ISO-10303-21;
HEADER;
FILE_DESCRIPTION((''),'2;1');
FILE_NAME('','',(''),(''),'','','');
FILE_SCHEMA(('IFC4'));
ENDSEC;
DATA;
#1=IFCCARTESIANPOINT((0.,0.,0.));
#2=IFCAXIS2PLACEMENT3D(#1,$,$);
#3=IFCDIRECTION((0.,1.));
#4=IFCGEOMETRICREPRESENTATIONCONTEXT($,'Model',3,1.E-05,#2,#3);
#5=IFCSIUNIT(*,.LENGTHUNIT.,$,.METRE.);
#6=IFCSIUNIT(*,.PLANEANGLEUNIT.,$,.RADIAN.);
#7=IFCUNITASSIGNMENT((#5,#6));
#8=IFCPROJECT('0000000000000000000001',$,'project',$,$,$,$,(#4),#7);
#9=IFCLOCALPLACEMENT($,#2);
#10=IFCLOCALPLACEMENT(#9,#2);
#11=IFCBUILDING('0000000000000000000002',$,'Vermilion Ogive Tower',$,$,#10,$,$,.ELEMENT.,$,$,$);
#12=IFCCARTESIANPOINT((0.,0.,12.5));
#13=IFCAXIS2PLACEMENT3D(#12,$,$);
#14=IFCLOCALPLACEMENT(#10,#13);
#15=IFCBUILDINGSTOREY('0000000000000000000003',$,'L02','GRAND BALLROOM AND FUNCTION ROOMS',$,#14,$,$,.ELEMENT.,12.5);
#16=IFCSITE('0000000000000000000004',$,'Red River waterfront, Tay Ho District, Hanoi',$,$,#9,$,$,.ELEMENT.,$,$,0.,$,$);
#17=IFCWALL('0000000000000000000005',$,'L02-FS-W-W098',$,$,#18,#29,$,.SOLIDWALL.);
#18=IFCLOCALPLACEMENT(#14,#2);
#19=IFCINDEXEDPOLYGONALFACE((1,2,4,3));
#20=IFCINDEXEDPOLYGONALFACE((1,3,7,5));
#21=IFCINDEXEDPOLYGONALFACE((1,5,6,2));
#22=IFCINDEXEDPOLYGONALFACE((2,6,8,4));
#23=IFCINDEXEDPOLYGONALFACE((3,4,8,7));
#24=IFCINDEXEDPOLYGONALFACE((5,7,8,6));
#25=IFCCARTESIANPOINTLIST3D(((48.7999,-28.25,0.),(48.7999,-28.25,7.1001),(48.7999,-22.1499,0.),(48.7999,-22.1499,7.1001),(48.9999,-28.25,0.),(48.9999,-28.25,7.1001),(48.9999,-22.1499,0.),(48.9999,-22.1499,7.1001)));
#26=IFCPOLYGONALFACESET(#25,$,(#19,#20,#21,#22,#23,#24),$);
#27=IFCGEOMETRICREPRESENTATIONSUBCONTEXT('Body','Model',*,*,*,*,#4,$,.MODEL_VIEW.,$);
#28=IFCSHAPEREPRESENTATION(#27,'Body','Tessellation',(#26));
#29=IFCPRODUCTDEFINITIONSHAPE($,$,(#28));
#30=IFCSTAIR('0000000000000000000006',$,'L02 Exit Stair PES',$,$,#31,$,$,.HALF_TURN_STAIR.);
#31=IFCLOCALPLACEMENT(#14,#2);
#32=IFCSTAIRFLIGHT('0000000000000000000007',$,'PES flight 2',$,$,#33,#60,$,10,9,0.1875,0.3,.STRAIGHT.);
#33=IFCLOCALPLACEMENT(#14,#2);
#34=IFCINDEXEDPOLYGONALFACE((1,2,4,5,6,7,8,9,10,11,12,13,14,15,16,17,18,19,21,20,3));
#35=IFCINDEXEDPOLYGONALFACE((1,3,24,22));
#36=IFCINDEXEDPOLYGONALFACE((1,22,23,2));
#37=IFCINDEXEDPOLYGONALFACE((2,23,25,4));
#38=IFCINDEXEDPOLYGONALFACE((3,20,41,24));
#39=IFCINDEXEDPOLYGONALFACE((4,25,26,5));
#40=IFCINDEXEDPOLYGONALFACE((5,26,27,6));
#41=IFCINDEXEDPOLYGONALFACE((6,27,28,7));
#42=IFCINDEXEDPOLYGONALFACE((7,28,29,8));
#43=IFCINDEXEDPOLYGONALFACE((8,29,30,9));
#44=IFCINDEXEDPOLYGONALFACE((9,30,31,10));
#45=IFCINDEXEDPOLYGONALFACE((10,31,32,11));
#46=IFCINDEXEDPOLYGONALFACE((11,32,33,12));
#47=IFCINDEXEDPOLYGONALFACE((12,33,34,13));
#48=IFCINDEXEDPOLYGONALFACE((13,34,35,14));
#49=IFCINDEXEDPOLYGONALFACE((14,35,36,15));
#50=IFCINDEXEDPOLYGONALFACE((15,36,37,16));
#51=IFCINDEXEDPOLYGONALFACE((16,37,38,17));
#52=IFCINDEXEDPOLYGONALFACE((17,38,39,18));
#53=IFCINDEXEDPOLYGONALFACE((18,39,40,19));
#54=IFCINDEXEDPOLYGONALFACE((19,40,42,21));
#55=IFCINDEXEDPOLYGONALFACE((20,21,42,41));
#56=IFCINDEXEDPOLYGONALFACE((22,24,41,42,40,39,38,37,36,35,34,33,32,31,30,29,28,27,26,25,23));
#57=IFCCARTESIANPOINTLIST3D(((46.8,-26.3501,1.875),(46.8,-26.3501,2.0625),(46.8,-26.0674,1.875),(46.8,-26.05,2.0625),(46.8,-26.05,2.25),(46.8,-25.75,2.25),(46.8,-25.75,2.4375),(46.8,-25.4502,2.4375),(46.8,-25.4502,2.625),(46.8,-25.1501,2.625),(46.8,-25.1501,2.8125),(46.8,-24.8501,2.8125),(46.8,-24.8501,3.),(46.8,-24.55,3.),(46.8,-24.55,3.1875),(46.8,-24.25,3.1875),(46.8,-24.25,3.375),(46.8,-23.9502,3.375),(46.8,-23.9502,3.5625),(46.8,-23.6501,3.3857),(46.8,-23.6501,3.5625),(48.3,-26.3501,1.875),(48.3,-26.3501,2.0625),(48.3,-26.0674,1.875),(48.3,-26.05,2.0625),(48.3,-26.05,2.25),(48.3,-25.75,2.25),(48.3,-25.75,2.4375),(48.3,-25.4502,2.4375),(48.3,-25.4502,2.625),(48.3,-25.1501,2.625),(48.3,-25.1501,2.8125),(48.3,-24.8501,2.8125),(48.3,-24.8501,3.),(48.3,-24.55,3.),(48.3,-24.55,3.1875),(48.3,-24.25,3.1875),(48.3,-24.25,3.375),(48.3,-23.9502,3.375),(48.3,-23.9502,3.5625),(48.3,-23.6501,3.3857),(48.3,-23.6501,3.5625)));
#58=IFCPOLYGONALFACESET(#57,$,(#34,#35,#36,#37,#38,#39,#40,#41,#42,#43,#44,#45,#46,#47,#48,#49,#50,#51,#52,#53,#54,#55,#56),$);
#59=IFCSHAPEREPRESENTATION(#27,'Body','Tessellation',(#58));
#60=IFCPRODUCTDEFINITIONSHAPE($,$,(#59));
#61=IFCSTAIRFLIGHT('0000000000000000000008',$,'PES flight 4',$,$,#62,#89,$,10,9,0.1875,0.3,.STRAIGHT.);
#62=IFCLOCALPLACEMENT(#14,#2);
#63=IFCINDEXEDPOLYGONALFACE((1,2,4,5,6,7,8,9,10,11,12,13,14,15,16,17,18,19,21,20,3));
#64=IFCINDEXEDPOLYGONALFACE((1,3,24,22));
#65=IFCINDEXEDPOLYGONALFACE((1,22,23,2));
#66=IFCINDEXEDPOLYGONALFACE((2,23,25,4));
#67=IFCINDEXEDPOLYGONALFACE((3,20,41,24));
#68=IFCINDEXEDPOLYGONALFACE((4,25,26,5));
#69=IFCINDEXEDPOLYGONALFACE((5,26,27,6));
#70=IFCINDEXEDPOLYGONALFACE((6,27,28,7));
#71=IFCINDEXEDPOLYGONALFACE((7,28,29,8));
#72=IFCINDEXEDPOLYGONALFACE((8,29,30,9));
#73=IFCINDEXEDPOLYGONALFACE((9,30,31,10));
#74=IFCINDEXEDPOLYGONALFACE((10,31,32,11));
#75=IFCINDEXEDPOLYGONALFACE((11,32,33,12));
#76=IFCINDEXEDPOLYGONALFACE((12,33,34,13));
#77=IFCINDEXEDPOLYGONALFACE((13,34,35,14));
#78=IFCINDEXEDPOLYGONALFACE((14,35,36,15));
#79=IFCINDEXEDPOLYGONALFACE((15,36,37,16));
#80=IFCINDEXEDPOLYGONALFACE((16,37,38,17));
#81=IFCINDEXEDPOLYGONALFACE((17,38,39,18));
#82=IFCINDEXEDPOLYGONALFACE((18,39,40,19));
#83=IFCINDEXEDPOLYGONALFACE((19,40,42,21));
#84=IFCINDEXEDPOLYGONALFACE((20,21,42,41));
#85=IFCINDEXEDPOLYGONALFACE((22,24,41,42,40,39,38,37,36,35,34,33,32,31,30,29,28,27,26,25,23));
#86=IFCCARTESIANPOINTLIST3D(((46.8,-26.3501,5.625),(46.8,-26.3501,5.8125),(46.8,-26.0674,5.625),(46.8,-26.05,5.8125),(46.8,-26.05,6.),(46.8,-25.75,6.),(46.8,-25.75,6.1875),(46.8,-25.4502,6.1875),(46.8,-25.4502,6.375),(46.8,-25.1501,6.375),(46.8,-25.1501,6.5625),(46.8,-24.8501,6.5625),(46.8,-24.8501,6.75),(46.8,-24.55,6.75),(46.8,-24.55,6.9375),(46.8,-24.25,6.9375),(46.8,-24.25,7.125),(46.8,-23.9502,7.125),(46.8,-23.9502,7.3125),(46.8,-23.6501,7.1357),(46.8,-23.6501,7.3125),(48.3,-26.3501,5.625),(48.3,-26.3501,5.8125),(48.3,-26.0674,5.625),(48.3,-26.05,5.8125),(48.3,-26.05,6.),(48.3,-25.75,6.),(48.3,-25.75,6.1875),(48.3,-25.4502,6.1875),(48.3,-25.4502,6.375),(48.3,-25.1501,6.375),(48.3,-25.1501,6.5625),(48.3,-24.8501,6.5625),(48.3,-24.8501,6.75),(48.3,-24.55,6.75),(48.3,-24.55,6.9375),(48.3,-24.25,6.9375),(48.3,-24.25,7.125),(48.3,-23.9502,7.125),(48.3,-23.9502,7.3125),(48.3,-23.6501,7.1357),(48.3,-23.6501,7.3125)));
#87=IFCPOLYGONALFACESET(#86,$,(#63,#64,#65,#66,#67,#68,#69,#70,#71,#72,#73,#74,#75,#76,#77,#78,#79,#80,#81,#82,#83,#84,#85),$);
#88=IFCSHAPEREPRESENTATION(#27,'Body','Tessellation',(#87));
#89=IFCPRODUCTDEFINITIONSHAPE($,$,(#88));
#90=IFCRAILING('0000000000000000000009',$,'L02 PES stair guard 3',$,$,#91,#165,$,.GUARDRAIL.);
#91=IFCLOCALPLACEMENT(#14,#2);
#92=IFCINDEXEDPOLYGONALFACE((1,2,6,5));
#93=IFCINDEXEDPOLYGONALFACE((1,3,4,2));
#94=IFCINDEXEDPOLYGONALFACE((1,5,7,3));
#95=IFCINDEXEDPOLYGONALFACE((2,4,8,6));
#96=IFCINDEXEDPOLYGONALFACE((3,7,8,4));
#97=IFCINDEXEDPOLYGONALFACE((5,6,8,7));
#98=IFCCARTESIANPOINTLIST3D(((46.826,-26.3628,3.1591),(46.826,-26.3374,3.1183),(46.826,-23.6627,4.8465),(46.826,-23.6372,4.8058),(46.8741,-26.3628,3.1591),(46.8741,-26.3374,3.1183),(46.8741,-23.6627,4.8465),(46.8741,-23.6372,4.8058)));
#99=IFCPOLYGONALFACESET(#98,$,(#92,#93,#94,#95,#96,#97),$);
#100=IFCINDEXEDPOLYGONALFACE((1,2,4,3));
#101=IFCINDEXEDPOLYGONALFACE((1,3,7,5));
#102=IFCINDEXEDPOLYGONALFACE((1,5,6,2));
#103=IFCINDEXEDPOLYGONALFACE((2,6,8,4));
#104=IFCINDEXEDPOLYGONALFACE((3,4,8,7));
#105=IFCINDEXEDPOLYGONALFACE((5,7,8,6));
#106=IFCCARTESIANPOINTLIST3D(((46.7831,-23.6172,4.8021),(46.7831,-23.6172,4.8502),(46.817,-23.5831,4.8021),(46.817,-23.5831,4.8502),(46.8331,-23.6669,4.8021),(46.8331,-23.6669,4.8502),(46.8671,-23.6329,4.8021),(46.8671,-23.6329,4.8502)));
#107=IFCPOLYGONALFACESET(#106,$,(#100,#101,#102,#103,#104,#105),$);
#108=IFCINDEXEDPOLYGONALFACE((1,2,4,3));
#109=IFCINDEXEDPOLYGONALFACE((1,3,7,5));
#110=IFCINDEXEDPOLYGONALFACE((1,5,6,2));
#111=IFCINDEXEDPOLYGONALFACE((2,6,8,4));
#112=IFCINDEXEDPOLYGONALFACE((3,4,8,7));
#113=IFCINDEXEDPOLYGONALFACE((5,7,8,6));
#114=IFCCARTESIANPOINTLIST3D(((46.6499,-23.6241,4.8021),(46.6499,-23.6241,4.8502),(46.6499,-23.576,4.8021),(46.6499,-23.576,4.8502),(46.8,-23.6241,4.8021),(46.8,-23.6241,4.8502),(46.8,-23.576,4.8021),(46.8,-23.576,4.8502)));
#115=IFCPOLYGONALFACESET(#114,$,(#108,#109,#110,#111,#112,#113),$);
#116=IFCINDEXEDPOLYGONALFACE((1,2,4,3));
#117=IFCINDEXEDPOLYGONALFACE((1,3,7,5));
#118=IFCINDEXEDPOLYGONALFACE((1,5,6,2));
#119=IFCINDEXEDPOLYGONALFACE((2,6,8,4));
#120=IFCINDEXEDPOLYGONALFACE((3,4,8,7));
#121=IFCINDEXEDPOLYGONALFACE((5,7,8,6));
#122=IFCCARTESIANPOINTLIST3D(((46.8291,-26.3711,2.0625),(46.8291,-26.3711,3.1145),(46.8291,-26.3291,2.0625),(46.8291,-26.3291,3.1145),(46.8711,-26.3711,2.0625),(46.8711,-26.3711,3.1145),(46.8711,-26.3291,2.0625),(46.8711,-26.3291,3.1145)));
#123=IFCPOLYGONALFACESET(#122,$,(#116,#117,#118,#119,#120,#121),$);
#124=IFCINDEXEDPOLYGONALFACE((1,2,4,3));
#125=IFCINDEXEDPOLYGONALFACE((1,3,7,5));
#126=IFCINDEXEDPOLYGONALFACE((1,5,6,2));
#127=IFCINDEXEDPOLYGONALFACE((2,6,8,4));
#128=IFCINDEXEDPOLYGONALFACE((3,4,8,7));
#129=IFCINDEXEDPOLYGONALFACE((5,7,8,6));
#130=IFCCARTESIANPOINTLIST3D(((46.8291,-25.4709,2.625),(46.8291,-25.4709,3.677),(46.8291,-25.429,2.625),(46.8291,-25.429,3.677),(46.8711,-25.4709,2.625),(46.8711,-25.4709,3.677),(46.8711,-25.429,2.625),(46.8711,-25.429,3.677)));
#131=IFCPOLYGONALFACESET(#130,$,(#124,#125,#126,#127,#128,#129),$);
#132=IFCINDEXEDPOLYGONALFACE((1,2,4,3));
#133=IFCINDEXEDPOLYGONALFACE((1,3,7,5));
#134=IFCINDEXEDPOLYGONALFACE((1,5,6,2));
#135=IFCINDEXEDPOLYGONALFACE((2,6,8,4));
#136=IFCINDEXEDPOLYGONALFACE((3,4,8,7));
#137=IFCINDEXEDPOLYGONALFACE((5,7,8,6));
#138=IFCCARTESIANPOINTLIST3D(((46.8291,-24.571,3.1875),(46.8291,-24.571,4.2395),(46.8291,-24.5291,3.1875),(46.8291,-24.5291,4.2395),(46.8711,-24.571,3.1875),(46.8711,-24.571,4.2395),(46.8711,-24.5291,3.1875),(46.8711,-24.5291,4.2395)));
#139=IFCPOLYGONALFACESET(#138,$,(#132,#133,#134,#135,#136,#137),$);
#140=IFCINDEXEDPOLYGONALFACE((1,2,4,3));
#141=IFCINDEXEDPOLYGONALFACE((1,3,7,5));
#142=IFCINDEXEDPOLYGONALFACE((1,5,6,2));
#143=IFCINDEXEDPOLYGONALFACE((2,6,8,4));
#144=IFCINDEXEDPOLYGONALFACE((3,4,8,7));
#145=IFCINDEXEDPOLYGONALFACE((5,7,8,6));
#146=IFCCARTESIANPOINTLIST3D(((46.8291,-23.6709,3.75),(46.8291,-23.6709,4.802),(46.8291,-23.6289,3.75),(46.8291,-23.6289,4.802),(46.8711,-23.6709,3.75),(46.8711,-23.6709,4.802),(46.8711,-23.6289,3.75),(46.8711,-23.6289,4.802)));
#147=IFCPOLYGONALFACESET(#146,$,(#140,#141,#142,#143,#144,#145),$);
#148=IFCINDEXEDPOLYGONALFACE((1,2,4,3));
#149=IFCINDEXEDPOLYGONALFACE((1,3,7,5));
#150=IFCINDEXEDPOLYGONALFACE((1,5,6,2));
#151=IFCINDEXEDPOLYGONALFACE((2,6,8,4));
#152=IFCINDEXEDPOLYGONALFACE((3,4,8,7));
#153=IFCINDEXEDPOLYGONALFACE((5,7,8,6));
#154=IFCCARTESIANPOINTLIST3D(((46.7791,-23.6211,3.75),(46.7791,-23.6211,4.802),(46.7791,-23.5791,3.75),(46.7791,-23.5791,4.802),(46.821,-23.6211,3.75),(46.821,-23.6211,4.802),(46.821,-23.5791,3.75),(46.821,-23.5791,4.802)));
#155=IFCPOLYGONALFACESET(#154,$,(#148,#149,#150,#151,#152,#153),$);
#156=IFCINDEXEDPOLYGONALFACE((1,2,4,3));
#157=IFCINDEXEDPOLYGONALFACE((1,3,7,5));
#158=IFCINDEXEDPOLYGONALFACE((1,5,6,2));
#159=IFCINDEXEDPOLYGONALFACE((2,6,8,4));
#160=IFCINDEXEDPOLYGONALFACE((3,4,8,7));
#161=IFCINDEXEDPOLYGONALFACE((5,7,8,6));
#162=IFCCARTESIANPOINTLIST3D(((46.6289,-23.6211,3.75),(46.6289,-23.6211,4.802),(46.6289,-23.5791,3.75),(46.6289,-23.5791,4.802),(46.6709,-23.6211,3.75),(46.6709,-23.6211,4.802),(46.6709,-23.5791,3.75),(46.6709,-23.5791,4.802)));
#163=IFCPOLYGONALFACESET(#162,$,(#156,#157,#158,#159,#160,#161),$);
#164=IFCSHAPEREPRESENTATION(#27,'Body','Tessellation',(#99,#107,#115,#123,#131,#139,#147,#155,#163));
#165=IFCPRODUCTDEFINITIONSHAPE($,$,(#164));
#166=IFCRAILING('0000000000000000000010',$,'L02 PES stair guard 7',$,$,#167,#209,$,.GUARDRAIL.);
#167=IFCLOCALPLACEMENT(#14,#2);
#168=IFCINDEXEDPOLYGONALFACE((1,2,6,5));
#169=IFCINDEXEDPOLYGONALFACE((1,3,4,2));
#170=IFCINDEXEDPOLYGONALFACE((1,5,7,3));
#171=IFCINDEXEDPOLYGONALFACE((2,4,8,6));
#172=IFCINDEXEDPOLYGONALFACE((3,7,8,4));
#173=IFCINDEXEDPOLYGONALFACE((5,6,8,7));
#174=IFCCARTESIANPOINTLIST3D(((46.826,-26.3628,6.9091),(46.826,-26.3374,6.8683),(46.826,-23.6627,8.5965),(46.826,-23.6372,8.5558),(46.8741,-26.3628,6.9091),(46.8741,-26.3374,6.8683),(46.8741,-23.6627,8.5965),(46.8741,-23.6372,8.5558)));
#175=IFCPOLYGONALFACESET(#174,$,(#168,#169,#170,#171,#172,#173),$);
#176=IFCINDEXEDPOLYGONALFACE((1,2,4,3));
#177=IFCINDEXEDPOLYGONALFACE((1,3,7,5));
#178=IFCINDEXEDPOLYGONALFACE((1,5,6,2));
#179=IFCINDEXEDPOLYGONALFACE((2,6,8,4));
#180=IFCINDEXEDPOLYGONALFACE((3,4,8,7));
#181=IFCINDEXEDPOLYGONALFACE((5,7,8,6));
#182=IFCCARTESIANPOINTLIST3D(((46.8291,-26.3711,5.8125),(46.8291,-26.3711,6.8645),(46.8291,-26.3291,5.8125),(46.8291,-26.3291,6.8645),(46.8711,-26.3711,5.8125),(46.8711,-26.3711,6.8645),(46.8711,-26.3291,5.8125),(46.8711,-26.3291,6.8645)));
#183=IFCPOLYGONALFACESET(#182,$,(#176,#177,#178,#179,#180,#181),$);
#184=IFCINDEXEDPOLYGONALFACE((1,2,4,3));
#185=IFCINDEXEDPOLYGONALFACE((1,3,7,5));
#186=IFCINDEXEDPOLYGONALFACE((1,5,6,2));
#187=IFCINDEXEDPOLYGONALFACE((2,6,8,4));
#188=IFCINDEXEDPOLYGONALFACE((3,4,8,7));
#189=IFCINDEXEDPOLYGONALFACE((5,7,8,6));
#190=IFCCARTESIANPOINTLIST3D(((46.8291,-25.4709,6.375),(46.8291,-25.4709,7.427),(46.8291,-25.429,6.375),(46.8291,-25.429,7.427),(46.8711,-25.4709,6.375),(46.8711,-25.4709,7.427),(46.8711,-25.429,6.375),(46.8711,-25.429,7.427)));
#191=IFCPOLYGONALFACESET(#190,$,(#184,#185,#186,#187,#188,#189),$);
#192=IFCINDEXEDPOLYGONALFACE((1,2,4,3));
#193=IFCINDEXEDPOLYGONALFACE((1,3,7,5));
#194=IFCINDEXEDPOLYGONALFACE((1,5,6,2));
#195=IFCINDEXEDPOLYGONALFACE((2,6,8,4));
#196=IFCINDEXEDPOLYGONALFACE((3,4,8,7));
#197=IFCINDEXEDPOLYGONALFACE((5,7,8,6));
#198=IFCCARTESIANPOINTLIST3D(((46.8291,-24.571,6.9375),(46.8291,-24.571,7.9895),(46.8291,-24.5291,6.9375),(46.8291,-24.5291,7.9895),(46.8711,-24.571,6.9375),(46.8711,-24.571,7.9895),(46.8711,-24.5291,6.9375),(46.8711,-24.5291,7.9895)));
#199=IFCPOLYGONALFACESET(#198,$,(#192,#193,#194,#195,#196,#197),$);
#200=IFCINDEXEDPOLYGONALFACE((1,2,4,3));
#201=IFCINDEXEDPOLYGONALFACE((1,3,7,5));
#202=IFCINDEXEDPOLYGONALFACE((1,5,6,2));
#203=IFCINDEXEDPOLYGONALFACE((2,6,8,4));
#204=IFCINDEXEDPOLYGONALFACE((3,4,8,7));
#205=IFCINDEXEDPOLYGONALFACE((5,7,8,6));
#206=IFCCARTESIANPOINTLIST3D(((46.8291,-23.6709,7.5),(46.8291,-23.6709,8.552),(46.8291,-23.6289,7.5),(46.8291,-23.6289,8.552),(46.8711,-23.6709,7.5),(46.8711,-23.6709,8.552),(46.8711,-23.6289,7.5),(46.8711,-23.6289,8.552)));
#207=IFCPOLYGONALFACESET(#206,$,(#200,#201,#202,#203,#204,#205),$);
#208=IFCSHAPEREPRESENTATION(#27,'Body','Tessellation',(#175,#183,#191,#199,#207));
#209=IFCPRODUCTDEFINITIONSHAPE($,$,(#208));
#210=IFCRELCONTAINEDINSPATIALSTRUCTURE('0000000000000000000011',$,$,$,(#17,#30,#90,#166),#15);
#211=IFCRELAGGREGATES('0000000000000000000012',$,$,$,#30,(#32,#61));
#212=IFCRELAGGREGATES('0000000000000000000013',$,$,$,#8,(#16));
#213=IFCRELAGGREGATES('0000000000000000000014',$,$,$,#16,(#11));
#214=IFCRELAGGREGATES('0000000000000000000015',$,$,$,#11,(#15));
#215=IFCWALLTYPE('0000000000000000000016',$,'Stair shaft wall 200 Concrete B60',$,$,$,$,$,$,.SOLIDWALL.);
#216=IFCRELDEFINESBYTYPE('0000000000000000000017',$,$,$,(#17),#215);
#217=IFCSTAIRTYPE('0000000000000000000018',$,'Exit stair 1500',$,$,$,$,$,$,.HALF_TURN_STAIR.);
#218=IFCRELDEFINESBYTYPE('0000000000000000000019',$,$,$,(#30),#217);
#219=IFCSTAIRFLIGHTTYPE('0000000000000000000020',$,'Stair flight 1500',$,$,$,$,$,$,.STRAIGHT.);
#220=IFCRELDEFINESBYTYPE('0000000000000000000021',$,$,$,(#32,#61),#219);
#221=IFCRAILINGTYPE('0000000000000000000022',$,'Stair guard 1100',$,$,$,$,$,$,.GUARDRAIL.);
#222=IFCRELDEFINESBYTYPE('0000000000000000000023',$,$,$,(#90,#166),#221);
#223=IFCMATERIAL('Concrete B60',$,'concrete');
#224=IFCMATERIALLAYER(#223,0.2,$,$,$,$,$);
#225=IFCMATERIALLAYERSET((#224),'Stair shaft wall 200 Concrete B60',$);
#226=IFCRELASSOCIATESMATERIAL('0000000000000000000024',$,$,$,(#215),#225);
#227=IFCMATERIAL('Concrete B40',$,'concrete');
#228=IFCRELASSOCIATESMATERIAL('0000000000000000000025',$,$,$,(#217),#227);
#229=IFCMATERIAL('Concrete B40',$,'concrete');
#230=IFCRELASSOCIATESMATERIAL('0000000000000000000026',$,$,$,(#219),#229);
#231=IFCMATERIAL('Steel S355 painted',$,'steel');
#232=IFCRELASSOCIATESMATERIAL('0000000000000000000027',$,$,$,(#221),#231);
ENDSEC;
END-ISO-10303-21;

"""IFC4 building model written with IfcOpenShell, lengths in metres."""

from ifc_helpers import new_model, si_unit, direction, frame, frame_2d, origin, origin_2d, place, context, subcontext, project, spatial, polyline, rectangle, outline, extrude, material, layer, layer_set, type_object, element, aggregate, save


model = new_model("IFC4")

# Units and contexts
model_context = context("Model", 3, precision=1e-05, world=origin(), true_north=direction((0.0, 1.0)))
body_context = subcontext(model_context, "Body", "Model", "MODEL_VIEW")
ifc_project = project(units=[si_unit("LENGTHUNIT", "METRE"), si_unit("PLANEANGLEUNIT", "RADIAN")], contexts=[model_context])

# Site, building, storey
site_placement = place(None, origin())
site = spatial("IfcSite", under=ifc_project, at=site_placement, Name="Red River waterfront, Tay Ho District, Hanoi", CompositionType="ELEMENT", RefElevation=0.0)
building_placement = place(site_placement, origin())
building = spatial("IfcBuilding", under=site, at=building_placement, Name="Vermilion Ogive Tower", CompositionType="ELEMENT")
storey_placement = place(building_placement, frame((0.0, 0.0, 12.5)))
storey = spatial("IfcBuildingStorey", under=building, at=storey_placement, Name="L02", Description="GRAND BALLROOM AND FUNCTION ROOMS", CompositionType="ELEMENT", Elevation=12.5)

# Shared definitions
ifc_material_1 = material(Name="Concrete B60", Category="concrete")
ifc_layer_1 = layer(ifc_material_1, 0.2)
ifc_layer_set_1 = layer_set([ifc_layer_1], Name="Stair shaft wall 200 Concrete B60")
wall_type_1 = type_object("IfcWallType", Name="Stair shaft wall 200 Concrete B60", PredefinedType="SOLIDWALL", material=ifc_layer_set_1)

# Wall
wall_1_placement = place(storey_placement, frame((48.8999, -28.25, 0.0), z_axis=(0.0, 0.0, 1.0), x_axis=(0.0, 1.0, 0.0)))
element("IfcWall", 1, at=wall_1_placement, inside=storey, type_object=wall_type_1, Name="L02-FS-W-W098", PredefinedType="SOLIDWALL", context=body_context, shape_type="SweptSolid", body=[
    extrude(rectangle(XDim=6.1001, YDim=0.2, at=frame_2d((3.05, 0.0))), origin(), (0.0, 0.0, 1.0), 7.1001),
])

# Stair, stair flights
ifc_material_2 = material(Name="Concrete B40", Category="concrete")
stair_type = type_object("IfcStairType", Name="Exit stair 1500", PredefinedType="HALF_TURN_STAIR", material=ifc_material_2)
stair_placement = place(storey_placement, origin())
stair = element("IfcStair", 2, at=stair_placement, inside=storey, type_object=stair_type, Name="L02 Exit Stair PES", PredefinedType="HALF_TURN_STAIR")
ifc_material_3 = material(Name="Concrete B40", Category="concrete")
stair_flight_type = type_object("IfcStairFlightType", Name="Stair flight 1500", PredefinedType="STRAIGHT", material=ifc_material_3)
stair_flight_1_placement = place(storey_placement, frame((47.55, -26.3501, 1.875), z_axis=(0.0, 0.0, 1.0), x_axis=(0.0, 1.0, 0.0)))
stair_flight_1 = element("IfcStairFlight", 3, at=stair_flight_1_placement, type_object=stair_flight_type, Name="PES flight 2", NumberOfRisers=10, NumberOfTreads=9, PredefinedType="STRAIGHT", RiserHeight=0.1875, TreadLength=0.3, context=body_context, shape_type="SweptSolid", body=[
    extrude(outline(polyline([(0.0, 0.0), (0.0, 0.1875), (0.3, 0.1875), (0.3, 0.375), (0.6001, 0.375), (0.6001, 0.5625), (0.8999, 0.5625), (0.8999, 0.75), (1.2, 0.75), (1.2, 0.9375), (1.5, 0.9375), (1.5, 1.125), (1.8, 1.125), (1.8, 1.3125), (2.1001, 1.3125), (2.1001, 1.5), (2.3999, 1.5), (2.3999, 1.6875), (2.7, 1.6875), (2.7, 1.875), (2.7, 1.5107), (0.2827, 0.0), (0.0, 0.0)])), frame((0.0, 0.75, 0.0), z_axis=(0.0, -1.0, 0.0), x_axis=(1.0, 0.0, 0.0)), (0.0, 0.0, 1.0), 1.5),
])
stair_flight_2_placement = place(storey_placement, frame((47.55, -26.3501, 5.625), z_axis=(0.0, 0.0, 1.0), x_axis=(0.0, 1.0, 0.0)))
stair_flight_2 = element("IfcStairFlight", 4, at=stair_flight_2_placement, type_object=stair_flight_type, Name="PES flight 4", NumberOfRisers=10, NumberOfTreads=9, PredefinedType="STRAIGHT", RiserHeight=0.1875, TreadLength=0.3, context=body_context, shape_type="SweptSolid", body=[
    extrude(outline(polyline([(0.0, 0.0), (0.0, 0.1875), (0.3, 0.1875), (0.3, 0.375), (0.6001, 0.375), (0.6001, 0.5625), (0.8999, 0.5625), (0.8999, 0.75), (1.2, 0.75), (1.2, 0.9375), (1.5, 0.9375), (1.5, 1.125), (1.8, 1.125), (1.8, 1.3125), (2.1001, 1.3125), (2.1001, 1.5), (2.3999, 1.5), (2.3999, 1.6875), (2.7, 1.6875), (2.7, 1.875), (2.7, 1.5107), (0.2827, 0.0), (0.0, 0.0)])), frame((0.0, 0.75, 0.0), z_axis=(0.0, -1.0, 0.0), x_axis=(1.0, 0.0, 0.0)), (0.0, 0.0, 1.0), 1.5),
])
aggregate(stair, [stair_flight_1, stair_flight_2])

# Railings
ifc_material_4 = material(Name="Steel S355 painted", Category="steel")
railing_type_1 = type_object("IfcRailingType", Name="Stair guard 1100", PredefinedType="GUARDRAIL", material=ifc_material_4)
railing_1_placement = place(storey_placement, frame((46.8501, -26.3501, 2.0625)))
element("IfcRailing", 5, at=railing_1_placement, inside=storey, type_object=railing_type_1, Name="L02 PES stair guard 3", PredefinedType="GUARDRAIL", context=body_context, shape_type="SweptSolid", body=[
    extrude(rectangle(XDim=0.0481, YDim=0.0481, at=origin_2d()), frame((0.0, 0.0, 1.0762), z_axis=(0.0, 0.848016, 0.529971), x_axis=(-1.0, 0.0, 0.0)), (0.0, 0.0, 1.0), 3.1841),
    extrude(rectangle(XDim=0.0481, YDim=0.0481, at=origin_2d()), frame((0.0, 2.7002, 2.7637), z_axis=(-0.708834, 0.705376, 0.0), x_axis=(-0.705376, -0.708834, 0.0)), (0.0, 0.0, 1.0), 0.0706),
    extrude(rectangle(XDim=0.0481, YDim=0.0481, at=origin_2d()), frame((-0.05, 2.75, 2.7637), z_axis=(-1.0, 0.0, 0.0), x_axis=(0.0, -1.0, 0.0)), (0.0, 0.0, 1.0), 0.1501),
    extrude(rectangle(XDim=0.042, YDim=0.042, at=origin_2d()), origin(), (0.0, 0.0, 1.0), 1.052),
    extrude(rectangle(XDim=0.042, YDim=0.042, at=origin_2d()), frame((0.0, 0.9001, 0.5625)), (0.0, 0.0, 1.0), 1.052),
    extrude(rectangle(XDim=0.042, YDim=0.042, at=origin_2d()), frame((0.0, 1.8, 1.125)), (0.0, 0.0, 1.0), 1.052),
    extrude(rectangle(XDim=0.042, YDim=0.042, at=origin_2d()), frame((0.0, 2.7002, 1.6875)), (0.0, 0.0, 1.0), 1.052),
    extrude(rectangle(XDim=0.042, YDim=0.042, at=origin_2d()), frame((-0.05, 2.75, 1.6875)), (0.0, 0.0, 1.0), 1.052),
    extrude(rectangle(XDim=0.042, YDim=0.042, at=origin_2d()), frame((-0.2002, 2.75, 1.6875)), (0.0, 0.0, 1.0), 1.052),
])
railing_2_placement = place(storey_placement, frame((46.8501, -26.3501, 5.8125)))
element("IfcRailing", 6, at=railing_2_placement, inside=storey, type_object=railing_type_1, Name="L02 PES stair guard 7", PredefinedType="GUARDRAIL", context=body_context, shape_type="SweptSolid", body=[
    extrude(rectangle(XDim=0.0481, YDim=0.0481, at=origin_2d()), frame((0.0, 0.0, 1.0762), z_axis=(0.0, 0.848016, 0.529971), x_axis=(-1.0, 0.0, 0.0)), (0.0, 0.0, 1.0), 3.1841),
    extrude(rectangle(XDim=0.042, YDim=0.042, at=origin_2d()), origin(), (0.0, 0.0, 1.0), 1.052),
    extrude(rectangle(XDim=0.042, YDim=0.042, at=origin_2d()), frame((0.0, 0.9001, 0.5625)), (0.0, 0.0, 1.0), 1.052),
    extrude(rectangle(XDim=0.042, YDim=0.042, at=origin_2d()), frame((0.0, 1.8, 1.125)), (0.0, 0.0, 1.0), 1.052),
    extrude(rectangle(XDim=0.042, YDim=0.042, at=origin_2d()), frame((0.0, 2.7002, 1.6875)), (0.0, 0.0, 1.0), 1.052),
])

save(model, "model.ifc")
